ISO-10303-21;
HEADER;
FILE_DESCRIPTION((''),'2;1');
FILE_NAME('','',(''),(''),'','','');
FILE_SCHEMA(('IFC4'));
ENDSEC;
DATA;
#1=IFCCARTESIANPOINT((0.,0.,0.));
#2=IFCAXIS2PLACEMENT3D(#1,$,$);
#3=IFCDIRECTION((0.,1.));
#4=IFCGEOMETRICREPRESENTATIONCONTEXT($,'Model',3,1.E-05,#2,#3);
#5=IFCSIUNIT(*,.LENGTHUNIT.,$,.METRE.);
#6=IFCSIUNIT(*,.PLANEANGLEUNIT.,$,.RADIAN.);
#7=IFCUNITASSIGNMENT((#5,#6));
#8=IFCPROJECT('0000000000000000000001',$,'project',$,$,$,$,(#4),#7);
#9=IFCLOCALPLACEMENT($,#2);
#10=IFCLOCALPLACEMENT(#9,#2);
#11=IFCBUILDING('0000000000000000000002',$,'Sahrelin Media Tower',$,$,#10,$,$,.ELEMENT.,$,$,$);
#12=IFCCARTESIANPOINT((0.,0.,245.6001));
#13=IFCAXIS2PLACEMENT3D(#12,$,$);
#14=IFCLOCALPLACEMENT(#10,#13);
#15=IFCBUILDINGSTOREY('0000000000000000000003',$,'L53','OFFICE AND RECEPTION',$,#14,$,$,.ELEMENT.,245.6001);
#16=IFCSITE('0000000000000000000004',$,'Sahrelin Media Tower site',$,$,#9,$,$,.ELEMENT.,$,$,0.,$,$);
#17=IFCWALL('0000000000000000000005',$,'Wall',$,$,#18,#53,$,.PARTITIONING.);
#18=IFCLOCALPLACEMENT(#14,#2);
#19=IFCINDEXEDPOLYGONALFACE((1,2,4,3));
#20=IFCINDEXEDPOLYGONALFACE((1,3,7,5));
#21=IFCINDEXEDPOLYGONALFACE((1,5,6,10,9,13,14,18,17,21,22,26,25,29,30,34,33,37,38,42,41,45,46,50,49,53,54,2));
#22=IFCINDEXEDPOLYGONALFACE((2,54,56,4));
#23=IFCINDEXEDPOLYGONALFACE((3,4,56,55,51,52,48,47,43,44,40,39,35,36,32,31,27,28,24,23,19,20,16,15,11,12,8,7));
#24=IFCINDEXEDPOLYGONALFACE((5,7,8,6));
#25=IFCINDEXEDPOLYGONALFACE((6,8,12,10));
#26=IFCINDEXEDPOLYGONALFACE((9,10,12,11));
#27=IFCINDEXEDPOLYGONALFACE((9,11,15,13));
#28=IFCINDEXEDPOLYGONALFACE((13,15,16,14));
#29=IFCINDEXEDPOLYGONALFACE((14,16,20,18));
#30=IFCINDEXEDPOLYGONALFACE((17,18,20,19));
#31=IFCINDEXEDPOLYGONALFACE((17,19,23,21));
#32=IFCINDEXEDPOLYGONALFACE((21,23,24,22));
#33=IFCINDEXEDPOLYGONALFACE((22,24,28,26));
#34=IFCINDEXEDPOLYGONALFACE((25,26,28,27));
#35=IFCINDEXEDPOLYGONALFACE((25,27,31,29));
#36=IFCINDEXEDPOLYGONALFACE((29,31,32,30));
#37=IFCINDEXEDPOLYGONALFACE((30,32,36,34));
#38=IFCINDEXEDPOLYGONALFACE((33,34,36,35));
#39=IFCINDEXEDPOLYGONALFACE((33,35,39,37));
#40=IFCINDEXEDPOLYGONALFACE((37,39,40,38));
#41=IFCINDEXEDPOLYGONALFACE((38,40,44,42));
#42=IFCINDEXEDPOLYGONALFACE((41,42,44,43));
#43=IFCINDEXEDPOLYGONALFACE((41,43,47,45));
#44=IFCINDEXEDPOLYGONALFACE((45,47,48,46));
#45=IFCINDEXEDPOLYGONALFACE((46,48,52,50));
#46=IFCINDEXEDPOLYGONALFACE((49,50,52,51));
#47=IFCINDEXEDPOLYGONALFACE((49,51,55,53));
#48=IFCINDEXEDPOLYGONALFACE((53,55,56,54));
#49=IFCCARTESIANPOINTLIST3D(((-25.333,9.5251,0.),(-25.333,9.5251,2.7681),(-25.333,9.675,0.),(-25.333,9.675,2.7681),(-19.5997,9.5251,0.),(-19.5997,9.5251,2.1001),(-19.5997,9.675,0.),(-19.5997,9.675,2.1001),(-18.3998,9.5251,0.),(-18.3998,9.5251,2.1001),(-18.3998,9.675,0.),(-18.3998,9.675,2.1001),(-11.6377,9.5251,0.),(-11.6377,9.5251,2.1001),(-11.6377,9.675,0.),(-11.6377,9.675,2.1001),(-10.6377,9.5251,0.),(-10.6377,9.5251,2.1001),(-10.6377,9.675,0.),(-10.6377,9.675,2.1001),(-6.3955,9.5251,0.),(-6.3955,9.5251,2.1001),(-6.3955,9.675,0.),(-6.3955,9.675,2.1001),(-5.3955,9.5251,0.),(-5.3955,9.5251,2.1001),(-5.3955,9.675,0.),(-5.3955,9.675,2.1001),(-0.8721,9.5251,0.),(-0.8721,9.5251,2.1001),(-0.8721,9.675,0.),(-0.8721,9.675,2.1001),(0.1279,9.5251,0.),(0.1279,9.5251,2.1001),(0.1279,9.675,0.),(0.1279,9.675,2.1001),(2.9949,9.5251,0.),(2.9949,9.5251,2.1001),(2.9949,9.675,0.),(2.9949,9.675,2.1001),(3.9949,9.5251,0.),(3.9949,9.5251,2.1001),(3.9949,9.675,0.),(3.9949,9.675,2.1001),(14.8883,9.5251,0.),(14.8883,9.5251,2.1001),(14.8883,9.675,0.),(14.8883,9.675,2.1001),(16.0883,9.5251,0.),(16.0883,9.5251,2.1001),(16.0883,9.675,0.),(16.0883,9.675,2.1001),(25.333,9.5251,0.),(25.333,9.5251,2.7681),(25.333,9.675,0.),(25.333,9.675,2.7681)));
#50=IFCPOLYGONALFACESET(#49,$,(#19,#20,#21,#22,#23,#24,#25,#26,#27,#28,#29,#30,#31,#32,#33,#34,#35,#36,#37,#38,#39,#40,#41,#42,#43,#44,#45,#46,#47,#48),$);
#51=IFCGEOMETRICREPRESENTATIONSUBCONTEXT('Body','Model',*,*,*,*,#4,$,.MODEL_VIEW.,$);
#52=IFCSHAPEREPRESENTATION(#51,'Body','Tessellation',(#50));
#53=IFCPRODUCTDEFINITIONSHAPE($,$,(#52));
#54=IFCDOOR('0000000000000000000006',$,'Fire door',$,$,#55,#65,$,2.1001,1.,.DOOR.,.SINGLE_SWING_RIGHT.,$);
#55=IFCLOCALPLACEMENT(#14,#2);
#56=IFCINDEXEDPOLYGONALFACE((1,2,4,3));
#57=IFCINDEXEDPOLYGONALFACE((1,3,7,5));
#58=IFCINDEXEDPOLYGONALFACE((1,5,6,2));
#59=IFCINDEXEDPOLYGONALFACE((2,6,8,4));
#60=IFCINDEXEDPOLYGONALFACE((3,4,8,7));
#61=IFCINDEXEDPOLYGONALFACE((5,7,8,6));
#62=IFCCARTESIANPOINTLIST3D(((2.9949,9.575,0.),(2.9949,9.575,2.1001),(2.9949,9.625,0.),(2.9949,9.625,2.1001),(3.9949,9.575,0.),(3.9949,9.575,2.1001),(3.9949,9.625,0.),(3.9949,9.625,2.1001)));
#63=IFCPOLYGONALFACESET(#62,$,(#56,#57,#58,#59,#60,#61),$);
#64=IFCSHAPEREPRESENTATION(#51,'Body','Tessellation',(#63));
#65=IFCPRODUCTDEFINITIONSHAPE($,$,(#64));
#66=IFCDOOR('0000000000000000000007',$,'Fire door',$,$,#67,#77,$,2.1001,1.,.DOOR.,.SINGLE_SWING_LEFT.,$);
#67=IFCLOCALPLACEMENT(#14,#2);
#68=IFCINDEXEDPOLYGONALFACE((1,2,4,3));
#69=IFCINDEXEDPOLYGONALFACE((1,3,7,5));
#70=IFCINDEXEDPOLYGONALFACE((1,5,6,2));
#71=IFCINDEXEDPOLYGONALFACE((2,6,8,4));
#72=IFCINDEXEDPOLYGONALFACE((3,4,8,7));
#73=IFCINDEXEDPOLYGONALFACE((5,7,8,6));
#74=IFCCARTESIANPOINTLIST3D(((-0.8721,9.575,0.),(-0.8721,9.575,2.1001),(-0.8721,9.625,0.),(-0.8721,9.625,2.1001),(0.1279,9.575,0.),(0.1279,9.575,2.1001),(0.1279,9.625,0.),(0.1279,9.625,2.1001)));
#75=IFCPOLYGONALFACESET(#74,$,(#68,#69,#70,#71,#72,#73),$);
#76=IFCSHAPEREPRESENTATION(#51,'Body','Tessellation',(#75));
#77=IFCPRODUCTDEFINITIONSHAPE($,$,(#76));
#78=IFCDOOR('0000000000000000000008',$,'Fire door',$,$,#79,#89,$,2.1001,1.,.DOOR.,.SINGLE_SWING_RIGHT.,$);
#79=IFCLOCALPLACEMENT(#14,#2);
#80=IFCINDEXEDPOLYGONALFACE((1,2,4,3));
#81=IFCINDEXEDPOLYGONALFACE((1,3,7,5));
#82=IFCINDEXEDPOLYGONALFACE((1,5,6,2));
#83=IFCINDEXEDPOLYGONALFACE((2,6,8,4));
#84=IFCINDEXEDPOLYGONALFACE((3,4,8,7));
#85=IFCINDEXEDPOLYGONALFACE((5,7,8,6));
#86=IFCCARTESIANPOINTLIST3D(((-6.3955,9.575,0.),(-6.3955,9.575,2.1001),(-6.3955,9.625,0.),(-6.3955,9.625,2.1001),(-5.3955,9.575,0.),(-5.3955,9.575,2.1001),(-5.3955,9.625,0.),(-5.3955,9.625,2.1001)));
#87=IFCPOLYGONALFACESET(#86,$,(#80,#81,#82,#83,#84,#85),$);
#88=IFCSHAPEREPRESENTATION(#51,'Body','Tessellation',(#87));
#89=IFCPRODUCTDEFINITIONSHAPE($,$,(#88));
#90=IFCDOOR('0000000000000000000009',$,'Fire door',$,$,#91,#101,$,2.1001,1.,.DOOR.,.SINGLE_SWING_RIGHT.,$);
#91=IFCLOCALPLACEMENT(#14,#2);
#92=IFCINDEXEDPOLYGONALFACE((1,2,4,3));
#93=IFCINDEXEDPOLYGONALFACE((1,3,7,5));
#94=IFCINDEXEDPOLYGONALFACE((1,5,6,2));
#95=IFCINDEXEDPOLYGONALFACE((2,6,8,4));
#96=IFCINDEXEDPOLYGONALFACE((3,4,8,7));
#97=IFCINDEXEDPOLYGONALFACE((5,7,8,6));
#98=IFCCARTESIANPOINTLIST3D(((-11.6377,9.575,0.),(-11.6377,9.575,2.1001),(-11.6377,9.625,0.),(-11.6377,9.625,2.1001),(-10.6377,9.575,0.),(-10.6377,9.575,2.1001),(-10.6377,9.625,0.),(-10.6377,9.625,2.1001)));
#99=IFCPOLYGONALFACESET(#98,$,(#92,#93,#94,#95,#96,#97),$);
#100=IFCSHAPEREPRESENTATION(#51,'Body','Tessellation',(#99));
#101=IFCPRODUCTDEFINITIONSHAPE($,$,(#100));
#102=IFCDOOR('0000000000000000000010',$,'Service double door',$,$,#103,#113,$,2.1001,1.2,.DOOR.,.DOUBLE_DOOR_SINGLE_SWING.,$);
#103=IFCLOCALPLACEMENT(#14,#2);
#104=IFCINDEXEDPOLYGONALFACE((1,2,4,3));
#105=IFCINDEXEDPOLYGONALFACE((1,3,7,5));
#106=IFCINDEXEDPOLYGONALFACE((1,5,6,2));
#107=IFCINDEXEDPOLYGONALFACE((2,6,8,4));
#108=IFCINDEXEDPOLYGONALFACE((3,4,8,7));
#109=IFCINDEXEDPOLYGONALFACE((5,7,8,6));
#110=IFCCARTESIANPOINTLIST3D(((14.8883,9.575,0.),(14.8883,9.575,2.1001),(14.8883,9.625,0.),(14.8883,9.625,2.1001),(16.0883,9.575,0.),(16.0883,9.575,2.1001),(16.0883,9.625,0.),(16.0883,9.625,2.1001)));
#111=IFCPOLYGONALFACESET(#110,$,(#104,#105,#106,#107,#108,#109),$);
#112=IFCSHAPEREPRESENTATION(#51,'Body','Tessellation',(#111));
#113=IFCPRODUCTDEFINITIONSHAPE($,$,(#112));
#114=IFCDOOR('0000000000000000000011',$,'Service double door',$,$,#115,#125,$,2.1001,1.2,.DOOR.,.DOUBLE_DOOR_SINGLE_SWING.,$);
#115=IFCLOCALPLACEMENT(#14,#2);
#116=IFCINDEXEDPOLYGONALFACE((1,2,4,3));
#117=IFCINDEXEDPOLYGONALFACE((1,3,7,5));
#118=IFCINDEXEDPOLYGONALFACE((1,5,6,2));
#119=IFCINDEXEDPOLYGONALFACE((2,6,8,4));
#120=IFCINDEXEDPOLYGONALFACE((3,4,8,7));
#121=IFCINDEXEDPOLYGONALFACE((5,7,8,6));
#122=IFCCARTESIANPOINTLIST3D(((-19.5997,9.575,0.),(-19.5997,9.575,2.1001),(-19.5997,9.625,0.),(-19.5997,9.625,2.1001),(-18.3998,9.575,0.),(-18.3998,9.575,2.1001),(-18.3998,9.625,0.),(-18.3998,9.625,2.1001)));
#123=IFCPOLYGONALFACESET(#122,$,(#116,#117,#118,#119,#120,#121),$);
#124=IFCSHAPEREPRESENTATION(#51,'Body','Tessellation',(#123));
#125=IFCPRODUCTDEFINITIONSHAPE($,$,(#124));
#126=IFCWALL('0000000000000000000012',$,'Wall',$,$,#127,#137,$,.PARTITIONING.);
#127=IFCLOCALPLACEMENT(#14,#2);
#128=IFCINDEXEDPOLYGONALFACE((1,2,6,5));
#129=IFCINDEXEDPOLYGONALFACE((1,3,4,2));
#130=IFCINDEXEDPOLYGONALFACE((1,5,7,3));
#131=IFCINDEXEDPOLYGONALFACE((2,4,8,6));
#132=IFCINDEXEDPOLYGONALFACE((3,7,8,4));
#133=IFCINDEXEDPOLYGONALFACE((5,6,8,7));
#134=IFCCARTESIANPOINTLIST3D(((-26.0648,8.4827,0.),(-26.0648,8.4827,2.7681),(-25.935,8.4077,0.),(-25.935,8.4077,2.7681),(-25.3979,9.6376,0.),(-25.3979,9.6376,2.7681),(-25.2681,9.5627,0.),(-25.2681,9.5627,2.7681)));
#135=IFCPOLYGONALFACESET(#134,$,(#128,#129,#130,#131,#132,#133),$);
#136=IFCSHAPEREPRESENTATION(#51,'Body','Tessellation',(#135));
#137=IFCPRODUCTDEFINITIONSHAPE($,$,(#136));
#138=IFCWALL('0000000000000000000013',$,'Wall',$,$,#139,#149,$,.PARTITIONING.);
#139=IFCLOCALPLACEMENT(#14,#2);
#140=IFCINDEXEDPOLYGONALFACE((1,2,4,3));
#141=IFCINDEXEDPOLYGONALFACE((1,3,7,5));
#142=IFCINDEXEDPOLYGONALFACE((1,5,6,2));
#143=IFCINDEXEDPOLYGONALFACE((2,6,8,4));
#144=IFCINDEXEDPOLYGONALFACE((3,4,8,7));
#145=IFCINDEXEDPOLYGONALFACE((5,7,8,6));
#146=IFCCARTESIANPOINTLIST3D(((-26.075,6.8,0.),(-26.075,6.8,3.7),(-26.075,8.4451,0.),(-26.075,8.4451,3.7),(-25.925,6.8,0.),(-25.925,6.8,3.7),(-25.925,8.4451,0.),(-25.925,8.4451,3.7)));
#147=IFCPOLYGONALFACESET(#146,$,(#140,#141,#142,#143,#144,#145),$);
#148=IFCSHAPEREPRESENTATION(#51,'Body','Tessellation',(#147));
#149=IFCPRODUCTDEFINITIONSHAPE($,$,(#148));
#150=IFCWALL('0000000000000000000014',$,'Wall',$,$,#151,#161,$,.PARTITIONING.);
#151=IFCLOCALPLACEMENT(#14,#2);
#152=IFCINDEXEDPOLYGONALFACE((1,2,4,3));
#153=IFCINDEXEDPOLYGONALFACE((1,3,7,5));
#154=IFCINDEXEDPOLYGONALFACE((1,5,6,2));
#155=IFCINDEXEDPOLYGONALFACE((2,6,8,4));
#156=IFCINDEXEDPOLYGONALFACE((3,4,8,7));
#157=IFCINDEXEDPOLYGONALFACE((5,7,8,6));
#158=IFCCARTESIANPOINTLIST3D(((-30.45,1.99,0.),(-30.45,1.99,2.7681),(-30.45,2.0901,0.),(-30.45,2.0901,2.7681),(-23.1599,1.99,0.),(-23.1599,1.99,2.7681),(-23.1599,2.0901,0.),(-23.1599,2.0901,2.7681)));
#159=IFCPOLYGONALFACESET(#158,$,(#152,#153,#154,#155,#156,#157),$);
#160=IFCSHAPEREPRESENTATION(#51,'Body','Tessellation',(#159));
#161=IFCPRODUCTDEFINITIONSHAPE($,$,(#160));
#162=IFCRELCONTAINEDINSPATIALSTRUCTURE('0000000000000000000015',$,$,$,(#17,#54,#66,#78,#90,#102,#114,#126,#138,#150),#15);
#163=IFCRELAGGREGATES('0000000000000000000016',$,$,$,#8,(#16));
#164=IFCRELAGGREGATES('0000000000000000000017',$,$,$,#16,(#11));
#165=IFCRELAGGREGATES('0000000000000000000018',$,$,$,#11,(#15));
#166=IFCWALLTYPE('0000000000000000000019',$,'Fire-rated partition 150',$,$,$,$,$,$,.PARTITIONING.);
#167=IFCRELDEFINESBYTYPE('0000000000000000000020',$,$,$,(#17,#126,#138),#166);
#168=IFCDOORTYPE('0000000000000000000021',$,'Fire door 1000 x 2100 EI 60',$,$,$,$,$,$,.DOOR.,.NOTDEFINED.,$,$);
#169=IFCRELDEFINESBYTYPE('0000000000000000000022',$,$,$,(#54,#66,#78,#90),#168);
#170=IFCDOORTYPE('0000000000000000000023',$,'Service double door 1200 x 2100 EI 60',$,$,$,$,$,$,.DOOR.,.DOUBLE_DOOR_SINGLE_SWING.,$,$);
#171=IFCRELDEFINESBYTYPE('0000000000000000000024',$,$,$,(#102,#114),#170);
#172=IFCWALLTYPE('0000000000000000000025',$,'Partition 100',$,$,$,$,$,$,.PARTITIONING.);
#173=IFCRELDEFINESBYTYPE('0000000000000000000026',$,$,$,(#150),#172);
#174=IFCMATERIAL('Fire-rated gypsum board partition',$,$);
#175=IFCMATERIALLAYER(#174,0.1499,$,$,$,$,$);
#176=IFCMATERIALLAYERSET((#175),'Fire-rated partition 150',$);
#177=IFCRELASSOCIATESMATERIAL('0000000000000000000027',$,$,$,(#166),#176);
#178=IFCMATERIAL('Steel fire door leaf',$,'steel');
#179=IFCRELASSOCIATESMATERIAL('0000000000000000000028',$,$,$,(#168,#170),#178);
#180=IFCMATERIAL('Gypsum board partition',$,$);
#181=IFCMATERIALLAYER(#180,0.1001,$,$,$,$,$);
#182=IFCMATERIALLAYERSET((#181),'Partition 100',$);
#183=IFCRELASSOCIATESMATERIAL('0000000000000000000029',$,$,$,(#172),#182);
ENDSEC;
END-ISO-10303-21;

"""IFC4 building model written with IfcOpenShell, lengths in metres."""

from ifc_helpers import new_model, si_unit, direction, frame, frame_2d, origin, place, context, subcontext, project, spatial, rectangle, extrude, material, layer, layer_set, type_object, element, fill, save


model = new_model("IFC4")

# Units and contexts
model_context = context("Model", 3, precision=1e-05, world=origin(), true_north=direction((0.0, 1.0)))
body_context = subcontext(model_context, "Body", "Model", "MODEL_VIEW")
ifc_project = project(units=[si_unit("LENGTHUNIT", "METRE"), si_unit("PLANEANGLEUNIT", "RADIAN")], contexts=[model_context])

# Site, building, storey
site_placement = place(None, origin())
site = spatial("IfcSite", under=ifc_project, at=site_placement, Name="Sahrelin Media Tower site", CompositionType="ELEMENT", RefElevation=0.0)
building_placement = place(site_placement, origin())
building = spatial("IfcBuilding", under=site, at=building_placement, Name="Sahrelin Media Tower", CompositionType="ELEMENT")
storey_placement = place(building_placement, frame((0.0, 0.0, 245.6001)))
storey = spatial("IfcBuildingStorey", under=building, at=storey_placement, Name="L53", Description="OFFICE AND RECEPTION", CompositionType="ELEMENT", Elevation=245.6001)

# Shared definitions
ifc_material_1 = material(Name="Fire-rated gypsum board partition")
ifc_layer_1 = layer(ifc_material_1, 0.1499)
ifc_layer_set_1 = layer_set([ifc_layer_1], Name="Fire-rated partition 150")
wall_type_1 = type_object("IfcWallType", Name="Fire-rated partition 150", PredefinedType="PARTITIONING", material=ifc_layer_set_1)

# Wall, openings, doors
wall_1_placement = place(storey_placement, frame((-25.333, 9.6001, 0.0), z_axis=(0.0, 0.0, 1.0), x_axis=(1.0, 0.0, 0.0)))
wall_1 = element("IfcWall", 1, at=wall_1_placement, inside=storey, type_object=wall_type_1, Name="Wall", PredefinedType="PARTITIONING", context=body_context, shape_type="SweptSolid", body=[
    extrude(rectangle(XDim=50.666, YDim=0.1499, at=frame_2d((25.333, 0.0))), origin(), (0.0, 0.0, 1.0), 2.7681),
])
opening_1_placement = place(wall_1_placement, frame((40.2212, 0.0, 0.0)))
opening_1 = element("IfcOpeningElement", 2, at=opening_1_placement, cuts=wall_1, PredefinedType="OPENING", context=body_context, shape_type="SweptSolid", body=[
    extrude(rectangle(XDim=1.2, YDim=2.1001, at=frame_2d((0.6001, 1.05))), frame((0.0, 0.075, 0.0), z_axis=(0.0, -1.0, 0.0), x_axis=(1.0, 0.0, 0.0)), (0.0, 0.0, 1.0), 0.1499),
])
opening_2_placement = place(wall_1_placement, frame((28.3279, 0.0, 0.0)))
opening_2 = element("IfcOpeningElement", 3, at=opening_2_placement, cuts=wall_1, PredefinedType="OPENING", context=body_context, shape_type="SweptSolid", body=[
    extrude(rectangle(XDim=1.0, YDim=2.1001, at=frame_2d((0.5, 1.05))), frame((0.0, 0.075, 0.0), z_axis=(0.0, -1.0, 0.0), x_axis=(1.0, 0.0, 0.0)), (0.0, 0.0, 1.0), 0.1499),
])
opening_3_placement = place(wall_1_placement, frame((24.4609, 0.0, 0.0)))
opening_3 = element("IfcOpeningElement", 4, at=opening_3_placement, cuts=wall_1, PredefinedType="OPENING", context=body_context, shape_type="SweptSolid", body=[
    extrude(rectangle(XDim=1.0, YDim=2.1001, at=frame_2d((0.5, 1.05))), frame((0.0, 0.075, 0.0), z_axis=(0.0, -1.0, 0.0), x_axis=(1.0, 0.0, 0.0)), (0.0, 0.0, 1.0), 0.1499),
])
opening_4_placement = place(wall_1_placement, frame((18.9375, 0.0, 0.0)))
opening_4 = element("IfcOpeningElement", 5, at=opening_4_placement, cuts=wall_1, PredefinedType="OPENING", context=body_context, shape_type="SweptSolid", body=[
    extrude(rectangle(XDim=1.0, YDim=2.1001, at=frame_2d((0.5, 1.05))), frame((0.0, 0.075, 0.0), z_axis=(0.0, -1.0, 0.0), x_axis=(1.0, 0.0, 0.0)), (0.0, 0.0, 1.0), 0.1499),
])
opening_5_placement = place(wall_1_placement, frame((13.6953, 0.0, 0.0)))
opening_5 = element("IfcOpeningElement", 6, at=opening_5_placement, cuts=wall_1, PredefinedType="OPENING", context=body_context, shape_type="SweptSolid", body=[
    extrude(rectangle(XDim=1.0, YDim=2.1001, at=frame_2d((0.5, 1.05))), frame((0.0, 0.075, 0.0), z_axis=(0.0, -1.0, 0.0), x_axis=(1.0, 0.0, 0.0)), (0.0, 0.0, 1.0), 0.1499),
])
opening_6_placement = place(wall_1_placement, frame((5.7332, 0.0, 0.0)))
opening_6 = element("IfcOpeningElement", 7, at=opening_6_placement, cuts=wall_1, PredefinedType="OPENING", context=body_context, shape_type="SweptSolid", body=[
    extrude(rectangle(XDim=1.2, YDim=2.1001, at=frame_2d((0.6001, 1.05))), frame((0.0, 0.075, 0.0), z_axis=(0.0, -1.0, 0.0), x_axis=(1.0, 0.0, 0.0)), (0.0, 0.0, 1.0), 0.1499),
])
ifc_material_2 = material(Name="Steel fire door leaf", Category="steel")
door_type_1 = type_object("IfcDoorType", Name="Fire door 1000 x 2100 EI 60", OperationType="NOTDEFINED", PredefinedType="DOOR", material=ifc_material_2)
door_1_placement = place(opening_2_placement, origin())
door_1 = element("IfcDoor", 8, at=door_1_placement, inside=storey, type_object=door_type_1, Name="Fire door", OperationType="SINGLE_SWING_RIGHT", OverallHeight=2.1001, OverallWidth=1.0, PredefinedType="DOOR", context=body_context, shape_type="SweptSolid", body=[
    extrude(rectangle(XDim=1.0, YDim=2.1001, at=frame_2d((0.5, 1.05))), frame((0.0, 0.0249, 0.0), z_axis=(0.0, -1.0, 0.0), x_axis=(1.0, 0.0, 0.0)), (0.0, 0.0, 1.0), 0.05),
])
fill(opening_2, door_1)
door_2_placement = place(opening_3_placement, origin())
door_2 = element("IfcDoor", 9, at=door_2_placement, inside=storey, type_object=door_type_1, Name="Fire door", OperationType="SINGLE_SWING_LEFT", OverallHeight=2.1001, OverallWidth=1.0, PredefinedType="DOOR", context=body_context, shape_type="SweptSolid", body=[
    extrude(rectangle(XDim=1.0, YDim=2.1001, at=frame_2d((0.5, 1.05))), frame((0.0, 0.0249, 0.0), z_axis=(0.0, -1.0, 0.0), x_axis=(1.0, 0.0, 0.0)), (0.0, 0.0, 1.0), 0.05),
])
fill(opening_3, door_2)
door_3_placement = place(opening_4_placement, origin())
door_3 = element("IfcDoor", 10, at=door_3_placement, inside=storey, type_object=door_type_1, Name="Fire door", OperationType="SINGLE_SWING_RIGHT", OverallHeight=2.1001, OverallWidth=1.0, PredefinedType="DOOR", context=body_context, shape_type="SweptSolid", body=[
    extrude(rectangle(XDim=1.0, YDim=2.1001, at=frame_2d((0.5, 1.05))), frame((0.0, 0.0249, 0.0), z_axis=(0.0, -1.0, 0.0), x_axis=(1.0, 0.0, 0.0)), (0.0, 0.0, 1.0), 0.05),
])
fill(opening_4, door_3)
door_4_placement = place(opening_5_placement, origin())
door_4 = element("IfcDoor", 11, at=door_4_placement, inside=storey, type_object=door_type_1, Name="Fire door", OperationType="SINGLE_SWING_RIGHT", OverallHeight=2.1001, OverallWidth=1.0, PredefinedType="DOOR", context=body_context, shape_type="SweptSolid", body=[
    extrude(rectangle(XDim=1.0, YDim=2.1001, at=frame_2d((0.5, 1.05))), frame((0.0, 0.0249, 0.0), z_axis=(0.0, -1.0, 0.0), x_axis=(1.0, 0.0, 0.0)), (0.0, 0.0, 1.0), 0.05),
])
fill(opening_5, door_4)
door_type_2 = type_object("IfcDoorType", Name="Service double door 1200 x 2100 EI 60", OperationType="DOUBLE_DOOR_SINGLE_SWING", PredefinedType="DOOR", material=ifc_material_2)
door_5_placement = place(opening_1_placement, origin())
door_5 = element("IfcDoor", 12, at=door_5_placement, inside=storey, type_object=door_type_2, Name="Service double door", OperationType="DOUBLE_DOOR_SINGLE_SWING", OverallHeight=2.1001, OverallWidth=1.2, PredefinedType="DOOR", context=body_context, shape_type="SweptSolid", body=[
    extrude(rectangle(XDim=1.2, YDim=2.1001, at=frame_2d((0.6001, 1.05))), frame((0.0, 0.0249, 0.0), z_axis=(0.0, -1.0, 0.0), x_axis=(1.0, 0.0, 0.0)), (0.0, 0.0, 1.0), 0.05),
])
fill(opening_1, door_5)
door_6_placement = place(opening_6_placement, origin())
door_6 = element("IfcDoor", 13, at=door_6_placement, inside=storey, type_object=door_type_2, Name="Service double door", OperationType="DOUBLE_DOOR_SINGLE_SWING", OverallHeight=2.1001, OverallWidth=1.2, PredefinedType="DOOR", context=body_context, shape_type="SweptSolid", body=[
    extrude(rectangle(XDim=1.2, YDim=2.1001, at=frame_2d((0.6001, 1.05))), frame((0.0, 0.0249, 0.0), z_axis=(0.0, -1.0, 0.0), x_axis=(1.0, 0.0, 0.0)), (0.0, 0.0, 1.0), 0.05),
])
fill(opening_6, door_6)

# Walls
wall_2_placement = place(storey_placement, frame((-26.0, 8.4451, 0.0), z_axis=(0.0, 0.0, 1.0), x_axis=(0.500076, 0.865981, 0.0)))
element("IfcWall", 14, at=wall_2_placement, inside=storey, type_object=wall_type_1, Name="Wall", PredefinedType="PARTITIONING", context=body_context, shape_type="SweptSolid", body=[
    extrude(rectangle(XDim=1.3337, YDim=0.1499, at=frame_2d((0.667, 0.0))), origin(), (0.0, 0.0, 1.0), 2.7681),
])
wall_3_placement = place(storey_placement, frame((-26.0, 6.8, 0.0), z_axis=(0.0, 0.0, 1.0), x_axis=(0.0, 1.0, 0.0)))
element("IfcWall", 15, at=wall_3_placement, inside=storey, type_object=wall_type_1, Name="Wall", PredefinedType="PARTITIONING", context=body_context, shape_type="SweptSolid", body=[
    extrude(rectangle(XDim=1.645, YDim=0.1499, at=frame_2d((0.8225, 0.0))), origin(), (0.0, 0.0, 1.0), 3.7),
])
ifc_material_3 = material(Name="Gypsum board partition")
ifc_layer_2 = layer(ifc_material_3, 0.1001)
ifc_layer_set_2 = layer_set([ifc_layer_2], Name="Partition 100")
wall_type_2 = type_object("IfcWallType", Name="Partition 100", PredefinedType="PARTITIONING", material=ifc_layer_set_2)
wall_4_placement = place(storey_placement, frame((-30.45, 2.04, 0.0), z_axis=(0.0, 0.0, 1.0), x_axis=(1.0, 0.0, 0.0)))
element("IfcWall", 16, at=wall_4_placement, inside=storey, type_object=wall_type_2, Name="Wall", PredefinedType="PARTITIONING", context=body_context, shape_type="SweptSolid", body=[
    extrude(rectangle(XDim=7.29, YDim=0.1001, at=frame_2d((3.645, 0.0))), origin(), (0.0, 0.0, 1.0), 2.7681),
])

save(model, "model.ifc")
